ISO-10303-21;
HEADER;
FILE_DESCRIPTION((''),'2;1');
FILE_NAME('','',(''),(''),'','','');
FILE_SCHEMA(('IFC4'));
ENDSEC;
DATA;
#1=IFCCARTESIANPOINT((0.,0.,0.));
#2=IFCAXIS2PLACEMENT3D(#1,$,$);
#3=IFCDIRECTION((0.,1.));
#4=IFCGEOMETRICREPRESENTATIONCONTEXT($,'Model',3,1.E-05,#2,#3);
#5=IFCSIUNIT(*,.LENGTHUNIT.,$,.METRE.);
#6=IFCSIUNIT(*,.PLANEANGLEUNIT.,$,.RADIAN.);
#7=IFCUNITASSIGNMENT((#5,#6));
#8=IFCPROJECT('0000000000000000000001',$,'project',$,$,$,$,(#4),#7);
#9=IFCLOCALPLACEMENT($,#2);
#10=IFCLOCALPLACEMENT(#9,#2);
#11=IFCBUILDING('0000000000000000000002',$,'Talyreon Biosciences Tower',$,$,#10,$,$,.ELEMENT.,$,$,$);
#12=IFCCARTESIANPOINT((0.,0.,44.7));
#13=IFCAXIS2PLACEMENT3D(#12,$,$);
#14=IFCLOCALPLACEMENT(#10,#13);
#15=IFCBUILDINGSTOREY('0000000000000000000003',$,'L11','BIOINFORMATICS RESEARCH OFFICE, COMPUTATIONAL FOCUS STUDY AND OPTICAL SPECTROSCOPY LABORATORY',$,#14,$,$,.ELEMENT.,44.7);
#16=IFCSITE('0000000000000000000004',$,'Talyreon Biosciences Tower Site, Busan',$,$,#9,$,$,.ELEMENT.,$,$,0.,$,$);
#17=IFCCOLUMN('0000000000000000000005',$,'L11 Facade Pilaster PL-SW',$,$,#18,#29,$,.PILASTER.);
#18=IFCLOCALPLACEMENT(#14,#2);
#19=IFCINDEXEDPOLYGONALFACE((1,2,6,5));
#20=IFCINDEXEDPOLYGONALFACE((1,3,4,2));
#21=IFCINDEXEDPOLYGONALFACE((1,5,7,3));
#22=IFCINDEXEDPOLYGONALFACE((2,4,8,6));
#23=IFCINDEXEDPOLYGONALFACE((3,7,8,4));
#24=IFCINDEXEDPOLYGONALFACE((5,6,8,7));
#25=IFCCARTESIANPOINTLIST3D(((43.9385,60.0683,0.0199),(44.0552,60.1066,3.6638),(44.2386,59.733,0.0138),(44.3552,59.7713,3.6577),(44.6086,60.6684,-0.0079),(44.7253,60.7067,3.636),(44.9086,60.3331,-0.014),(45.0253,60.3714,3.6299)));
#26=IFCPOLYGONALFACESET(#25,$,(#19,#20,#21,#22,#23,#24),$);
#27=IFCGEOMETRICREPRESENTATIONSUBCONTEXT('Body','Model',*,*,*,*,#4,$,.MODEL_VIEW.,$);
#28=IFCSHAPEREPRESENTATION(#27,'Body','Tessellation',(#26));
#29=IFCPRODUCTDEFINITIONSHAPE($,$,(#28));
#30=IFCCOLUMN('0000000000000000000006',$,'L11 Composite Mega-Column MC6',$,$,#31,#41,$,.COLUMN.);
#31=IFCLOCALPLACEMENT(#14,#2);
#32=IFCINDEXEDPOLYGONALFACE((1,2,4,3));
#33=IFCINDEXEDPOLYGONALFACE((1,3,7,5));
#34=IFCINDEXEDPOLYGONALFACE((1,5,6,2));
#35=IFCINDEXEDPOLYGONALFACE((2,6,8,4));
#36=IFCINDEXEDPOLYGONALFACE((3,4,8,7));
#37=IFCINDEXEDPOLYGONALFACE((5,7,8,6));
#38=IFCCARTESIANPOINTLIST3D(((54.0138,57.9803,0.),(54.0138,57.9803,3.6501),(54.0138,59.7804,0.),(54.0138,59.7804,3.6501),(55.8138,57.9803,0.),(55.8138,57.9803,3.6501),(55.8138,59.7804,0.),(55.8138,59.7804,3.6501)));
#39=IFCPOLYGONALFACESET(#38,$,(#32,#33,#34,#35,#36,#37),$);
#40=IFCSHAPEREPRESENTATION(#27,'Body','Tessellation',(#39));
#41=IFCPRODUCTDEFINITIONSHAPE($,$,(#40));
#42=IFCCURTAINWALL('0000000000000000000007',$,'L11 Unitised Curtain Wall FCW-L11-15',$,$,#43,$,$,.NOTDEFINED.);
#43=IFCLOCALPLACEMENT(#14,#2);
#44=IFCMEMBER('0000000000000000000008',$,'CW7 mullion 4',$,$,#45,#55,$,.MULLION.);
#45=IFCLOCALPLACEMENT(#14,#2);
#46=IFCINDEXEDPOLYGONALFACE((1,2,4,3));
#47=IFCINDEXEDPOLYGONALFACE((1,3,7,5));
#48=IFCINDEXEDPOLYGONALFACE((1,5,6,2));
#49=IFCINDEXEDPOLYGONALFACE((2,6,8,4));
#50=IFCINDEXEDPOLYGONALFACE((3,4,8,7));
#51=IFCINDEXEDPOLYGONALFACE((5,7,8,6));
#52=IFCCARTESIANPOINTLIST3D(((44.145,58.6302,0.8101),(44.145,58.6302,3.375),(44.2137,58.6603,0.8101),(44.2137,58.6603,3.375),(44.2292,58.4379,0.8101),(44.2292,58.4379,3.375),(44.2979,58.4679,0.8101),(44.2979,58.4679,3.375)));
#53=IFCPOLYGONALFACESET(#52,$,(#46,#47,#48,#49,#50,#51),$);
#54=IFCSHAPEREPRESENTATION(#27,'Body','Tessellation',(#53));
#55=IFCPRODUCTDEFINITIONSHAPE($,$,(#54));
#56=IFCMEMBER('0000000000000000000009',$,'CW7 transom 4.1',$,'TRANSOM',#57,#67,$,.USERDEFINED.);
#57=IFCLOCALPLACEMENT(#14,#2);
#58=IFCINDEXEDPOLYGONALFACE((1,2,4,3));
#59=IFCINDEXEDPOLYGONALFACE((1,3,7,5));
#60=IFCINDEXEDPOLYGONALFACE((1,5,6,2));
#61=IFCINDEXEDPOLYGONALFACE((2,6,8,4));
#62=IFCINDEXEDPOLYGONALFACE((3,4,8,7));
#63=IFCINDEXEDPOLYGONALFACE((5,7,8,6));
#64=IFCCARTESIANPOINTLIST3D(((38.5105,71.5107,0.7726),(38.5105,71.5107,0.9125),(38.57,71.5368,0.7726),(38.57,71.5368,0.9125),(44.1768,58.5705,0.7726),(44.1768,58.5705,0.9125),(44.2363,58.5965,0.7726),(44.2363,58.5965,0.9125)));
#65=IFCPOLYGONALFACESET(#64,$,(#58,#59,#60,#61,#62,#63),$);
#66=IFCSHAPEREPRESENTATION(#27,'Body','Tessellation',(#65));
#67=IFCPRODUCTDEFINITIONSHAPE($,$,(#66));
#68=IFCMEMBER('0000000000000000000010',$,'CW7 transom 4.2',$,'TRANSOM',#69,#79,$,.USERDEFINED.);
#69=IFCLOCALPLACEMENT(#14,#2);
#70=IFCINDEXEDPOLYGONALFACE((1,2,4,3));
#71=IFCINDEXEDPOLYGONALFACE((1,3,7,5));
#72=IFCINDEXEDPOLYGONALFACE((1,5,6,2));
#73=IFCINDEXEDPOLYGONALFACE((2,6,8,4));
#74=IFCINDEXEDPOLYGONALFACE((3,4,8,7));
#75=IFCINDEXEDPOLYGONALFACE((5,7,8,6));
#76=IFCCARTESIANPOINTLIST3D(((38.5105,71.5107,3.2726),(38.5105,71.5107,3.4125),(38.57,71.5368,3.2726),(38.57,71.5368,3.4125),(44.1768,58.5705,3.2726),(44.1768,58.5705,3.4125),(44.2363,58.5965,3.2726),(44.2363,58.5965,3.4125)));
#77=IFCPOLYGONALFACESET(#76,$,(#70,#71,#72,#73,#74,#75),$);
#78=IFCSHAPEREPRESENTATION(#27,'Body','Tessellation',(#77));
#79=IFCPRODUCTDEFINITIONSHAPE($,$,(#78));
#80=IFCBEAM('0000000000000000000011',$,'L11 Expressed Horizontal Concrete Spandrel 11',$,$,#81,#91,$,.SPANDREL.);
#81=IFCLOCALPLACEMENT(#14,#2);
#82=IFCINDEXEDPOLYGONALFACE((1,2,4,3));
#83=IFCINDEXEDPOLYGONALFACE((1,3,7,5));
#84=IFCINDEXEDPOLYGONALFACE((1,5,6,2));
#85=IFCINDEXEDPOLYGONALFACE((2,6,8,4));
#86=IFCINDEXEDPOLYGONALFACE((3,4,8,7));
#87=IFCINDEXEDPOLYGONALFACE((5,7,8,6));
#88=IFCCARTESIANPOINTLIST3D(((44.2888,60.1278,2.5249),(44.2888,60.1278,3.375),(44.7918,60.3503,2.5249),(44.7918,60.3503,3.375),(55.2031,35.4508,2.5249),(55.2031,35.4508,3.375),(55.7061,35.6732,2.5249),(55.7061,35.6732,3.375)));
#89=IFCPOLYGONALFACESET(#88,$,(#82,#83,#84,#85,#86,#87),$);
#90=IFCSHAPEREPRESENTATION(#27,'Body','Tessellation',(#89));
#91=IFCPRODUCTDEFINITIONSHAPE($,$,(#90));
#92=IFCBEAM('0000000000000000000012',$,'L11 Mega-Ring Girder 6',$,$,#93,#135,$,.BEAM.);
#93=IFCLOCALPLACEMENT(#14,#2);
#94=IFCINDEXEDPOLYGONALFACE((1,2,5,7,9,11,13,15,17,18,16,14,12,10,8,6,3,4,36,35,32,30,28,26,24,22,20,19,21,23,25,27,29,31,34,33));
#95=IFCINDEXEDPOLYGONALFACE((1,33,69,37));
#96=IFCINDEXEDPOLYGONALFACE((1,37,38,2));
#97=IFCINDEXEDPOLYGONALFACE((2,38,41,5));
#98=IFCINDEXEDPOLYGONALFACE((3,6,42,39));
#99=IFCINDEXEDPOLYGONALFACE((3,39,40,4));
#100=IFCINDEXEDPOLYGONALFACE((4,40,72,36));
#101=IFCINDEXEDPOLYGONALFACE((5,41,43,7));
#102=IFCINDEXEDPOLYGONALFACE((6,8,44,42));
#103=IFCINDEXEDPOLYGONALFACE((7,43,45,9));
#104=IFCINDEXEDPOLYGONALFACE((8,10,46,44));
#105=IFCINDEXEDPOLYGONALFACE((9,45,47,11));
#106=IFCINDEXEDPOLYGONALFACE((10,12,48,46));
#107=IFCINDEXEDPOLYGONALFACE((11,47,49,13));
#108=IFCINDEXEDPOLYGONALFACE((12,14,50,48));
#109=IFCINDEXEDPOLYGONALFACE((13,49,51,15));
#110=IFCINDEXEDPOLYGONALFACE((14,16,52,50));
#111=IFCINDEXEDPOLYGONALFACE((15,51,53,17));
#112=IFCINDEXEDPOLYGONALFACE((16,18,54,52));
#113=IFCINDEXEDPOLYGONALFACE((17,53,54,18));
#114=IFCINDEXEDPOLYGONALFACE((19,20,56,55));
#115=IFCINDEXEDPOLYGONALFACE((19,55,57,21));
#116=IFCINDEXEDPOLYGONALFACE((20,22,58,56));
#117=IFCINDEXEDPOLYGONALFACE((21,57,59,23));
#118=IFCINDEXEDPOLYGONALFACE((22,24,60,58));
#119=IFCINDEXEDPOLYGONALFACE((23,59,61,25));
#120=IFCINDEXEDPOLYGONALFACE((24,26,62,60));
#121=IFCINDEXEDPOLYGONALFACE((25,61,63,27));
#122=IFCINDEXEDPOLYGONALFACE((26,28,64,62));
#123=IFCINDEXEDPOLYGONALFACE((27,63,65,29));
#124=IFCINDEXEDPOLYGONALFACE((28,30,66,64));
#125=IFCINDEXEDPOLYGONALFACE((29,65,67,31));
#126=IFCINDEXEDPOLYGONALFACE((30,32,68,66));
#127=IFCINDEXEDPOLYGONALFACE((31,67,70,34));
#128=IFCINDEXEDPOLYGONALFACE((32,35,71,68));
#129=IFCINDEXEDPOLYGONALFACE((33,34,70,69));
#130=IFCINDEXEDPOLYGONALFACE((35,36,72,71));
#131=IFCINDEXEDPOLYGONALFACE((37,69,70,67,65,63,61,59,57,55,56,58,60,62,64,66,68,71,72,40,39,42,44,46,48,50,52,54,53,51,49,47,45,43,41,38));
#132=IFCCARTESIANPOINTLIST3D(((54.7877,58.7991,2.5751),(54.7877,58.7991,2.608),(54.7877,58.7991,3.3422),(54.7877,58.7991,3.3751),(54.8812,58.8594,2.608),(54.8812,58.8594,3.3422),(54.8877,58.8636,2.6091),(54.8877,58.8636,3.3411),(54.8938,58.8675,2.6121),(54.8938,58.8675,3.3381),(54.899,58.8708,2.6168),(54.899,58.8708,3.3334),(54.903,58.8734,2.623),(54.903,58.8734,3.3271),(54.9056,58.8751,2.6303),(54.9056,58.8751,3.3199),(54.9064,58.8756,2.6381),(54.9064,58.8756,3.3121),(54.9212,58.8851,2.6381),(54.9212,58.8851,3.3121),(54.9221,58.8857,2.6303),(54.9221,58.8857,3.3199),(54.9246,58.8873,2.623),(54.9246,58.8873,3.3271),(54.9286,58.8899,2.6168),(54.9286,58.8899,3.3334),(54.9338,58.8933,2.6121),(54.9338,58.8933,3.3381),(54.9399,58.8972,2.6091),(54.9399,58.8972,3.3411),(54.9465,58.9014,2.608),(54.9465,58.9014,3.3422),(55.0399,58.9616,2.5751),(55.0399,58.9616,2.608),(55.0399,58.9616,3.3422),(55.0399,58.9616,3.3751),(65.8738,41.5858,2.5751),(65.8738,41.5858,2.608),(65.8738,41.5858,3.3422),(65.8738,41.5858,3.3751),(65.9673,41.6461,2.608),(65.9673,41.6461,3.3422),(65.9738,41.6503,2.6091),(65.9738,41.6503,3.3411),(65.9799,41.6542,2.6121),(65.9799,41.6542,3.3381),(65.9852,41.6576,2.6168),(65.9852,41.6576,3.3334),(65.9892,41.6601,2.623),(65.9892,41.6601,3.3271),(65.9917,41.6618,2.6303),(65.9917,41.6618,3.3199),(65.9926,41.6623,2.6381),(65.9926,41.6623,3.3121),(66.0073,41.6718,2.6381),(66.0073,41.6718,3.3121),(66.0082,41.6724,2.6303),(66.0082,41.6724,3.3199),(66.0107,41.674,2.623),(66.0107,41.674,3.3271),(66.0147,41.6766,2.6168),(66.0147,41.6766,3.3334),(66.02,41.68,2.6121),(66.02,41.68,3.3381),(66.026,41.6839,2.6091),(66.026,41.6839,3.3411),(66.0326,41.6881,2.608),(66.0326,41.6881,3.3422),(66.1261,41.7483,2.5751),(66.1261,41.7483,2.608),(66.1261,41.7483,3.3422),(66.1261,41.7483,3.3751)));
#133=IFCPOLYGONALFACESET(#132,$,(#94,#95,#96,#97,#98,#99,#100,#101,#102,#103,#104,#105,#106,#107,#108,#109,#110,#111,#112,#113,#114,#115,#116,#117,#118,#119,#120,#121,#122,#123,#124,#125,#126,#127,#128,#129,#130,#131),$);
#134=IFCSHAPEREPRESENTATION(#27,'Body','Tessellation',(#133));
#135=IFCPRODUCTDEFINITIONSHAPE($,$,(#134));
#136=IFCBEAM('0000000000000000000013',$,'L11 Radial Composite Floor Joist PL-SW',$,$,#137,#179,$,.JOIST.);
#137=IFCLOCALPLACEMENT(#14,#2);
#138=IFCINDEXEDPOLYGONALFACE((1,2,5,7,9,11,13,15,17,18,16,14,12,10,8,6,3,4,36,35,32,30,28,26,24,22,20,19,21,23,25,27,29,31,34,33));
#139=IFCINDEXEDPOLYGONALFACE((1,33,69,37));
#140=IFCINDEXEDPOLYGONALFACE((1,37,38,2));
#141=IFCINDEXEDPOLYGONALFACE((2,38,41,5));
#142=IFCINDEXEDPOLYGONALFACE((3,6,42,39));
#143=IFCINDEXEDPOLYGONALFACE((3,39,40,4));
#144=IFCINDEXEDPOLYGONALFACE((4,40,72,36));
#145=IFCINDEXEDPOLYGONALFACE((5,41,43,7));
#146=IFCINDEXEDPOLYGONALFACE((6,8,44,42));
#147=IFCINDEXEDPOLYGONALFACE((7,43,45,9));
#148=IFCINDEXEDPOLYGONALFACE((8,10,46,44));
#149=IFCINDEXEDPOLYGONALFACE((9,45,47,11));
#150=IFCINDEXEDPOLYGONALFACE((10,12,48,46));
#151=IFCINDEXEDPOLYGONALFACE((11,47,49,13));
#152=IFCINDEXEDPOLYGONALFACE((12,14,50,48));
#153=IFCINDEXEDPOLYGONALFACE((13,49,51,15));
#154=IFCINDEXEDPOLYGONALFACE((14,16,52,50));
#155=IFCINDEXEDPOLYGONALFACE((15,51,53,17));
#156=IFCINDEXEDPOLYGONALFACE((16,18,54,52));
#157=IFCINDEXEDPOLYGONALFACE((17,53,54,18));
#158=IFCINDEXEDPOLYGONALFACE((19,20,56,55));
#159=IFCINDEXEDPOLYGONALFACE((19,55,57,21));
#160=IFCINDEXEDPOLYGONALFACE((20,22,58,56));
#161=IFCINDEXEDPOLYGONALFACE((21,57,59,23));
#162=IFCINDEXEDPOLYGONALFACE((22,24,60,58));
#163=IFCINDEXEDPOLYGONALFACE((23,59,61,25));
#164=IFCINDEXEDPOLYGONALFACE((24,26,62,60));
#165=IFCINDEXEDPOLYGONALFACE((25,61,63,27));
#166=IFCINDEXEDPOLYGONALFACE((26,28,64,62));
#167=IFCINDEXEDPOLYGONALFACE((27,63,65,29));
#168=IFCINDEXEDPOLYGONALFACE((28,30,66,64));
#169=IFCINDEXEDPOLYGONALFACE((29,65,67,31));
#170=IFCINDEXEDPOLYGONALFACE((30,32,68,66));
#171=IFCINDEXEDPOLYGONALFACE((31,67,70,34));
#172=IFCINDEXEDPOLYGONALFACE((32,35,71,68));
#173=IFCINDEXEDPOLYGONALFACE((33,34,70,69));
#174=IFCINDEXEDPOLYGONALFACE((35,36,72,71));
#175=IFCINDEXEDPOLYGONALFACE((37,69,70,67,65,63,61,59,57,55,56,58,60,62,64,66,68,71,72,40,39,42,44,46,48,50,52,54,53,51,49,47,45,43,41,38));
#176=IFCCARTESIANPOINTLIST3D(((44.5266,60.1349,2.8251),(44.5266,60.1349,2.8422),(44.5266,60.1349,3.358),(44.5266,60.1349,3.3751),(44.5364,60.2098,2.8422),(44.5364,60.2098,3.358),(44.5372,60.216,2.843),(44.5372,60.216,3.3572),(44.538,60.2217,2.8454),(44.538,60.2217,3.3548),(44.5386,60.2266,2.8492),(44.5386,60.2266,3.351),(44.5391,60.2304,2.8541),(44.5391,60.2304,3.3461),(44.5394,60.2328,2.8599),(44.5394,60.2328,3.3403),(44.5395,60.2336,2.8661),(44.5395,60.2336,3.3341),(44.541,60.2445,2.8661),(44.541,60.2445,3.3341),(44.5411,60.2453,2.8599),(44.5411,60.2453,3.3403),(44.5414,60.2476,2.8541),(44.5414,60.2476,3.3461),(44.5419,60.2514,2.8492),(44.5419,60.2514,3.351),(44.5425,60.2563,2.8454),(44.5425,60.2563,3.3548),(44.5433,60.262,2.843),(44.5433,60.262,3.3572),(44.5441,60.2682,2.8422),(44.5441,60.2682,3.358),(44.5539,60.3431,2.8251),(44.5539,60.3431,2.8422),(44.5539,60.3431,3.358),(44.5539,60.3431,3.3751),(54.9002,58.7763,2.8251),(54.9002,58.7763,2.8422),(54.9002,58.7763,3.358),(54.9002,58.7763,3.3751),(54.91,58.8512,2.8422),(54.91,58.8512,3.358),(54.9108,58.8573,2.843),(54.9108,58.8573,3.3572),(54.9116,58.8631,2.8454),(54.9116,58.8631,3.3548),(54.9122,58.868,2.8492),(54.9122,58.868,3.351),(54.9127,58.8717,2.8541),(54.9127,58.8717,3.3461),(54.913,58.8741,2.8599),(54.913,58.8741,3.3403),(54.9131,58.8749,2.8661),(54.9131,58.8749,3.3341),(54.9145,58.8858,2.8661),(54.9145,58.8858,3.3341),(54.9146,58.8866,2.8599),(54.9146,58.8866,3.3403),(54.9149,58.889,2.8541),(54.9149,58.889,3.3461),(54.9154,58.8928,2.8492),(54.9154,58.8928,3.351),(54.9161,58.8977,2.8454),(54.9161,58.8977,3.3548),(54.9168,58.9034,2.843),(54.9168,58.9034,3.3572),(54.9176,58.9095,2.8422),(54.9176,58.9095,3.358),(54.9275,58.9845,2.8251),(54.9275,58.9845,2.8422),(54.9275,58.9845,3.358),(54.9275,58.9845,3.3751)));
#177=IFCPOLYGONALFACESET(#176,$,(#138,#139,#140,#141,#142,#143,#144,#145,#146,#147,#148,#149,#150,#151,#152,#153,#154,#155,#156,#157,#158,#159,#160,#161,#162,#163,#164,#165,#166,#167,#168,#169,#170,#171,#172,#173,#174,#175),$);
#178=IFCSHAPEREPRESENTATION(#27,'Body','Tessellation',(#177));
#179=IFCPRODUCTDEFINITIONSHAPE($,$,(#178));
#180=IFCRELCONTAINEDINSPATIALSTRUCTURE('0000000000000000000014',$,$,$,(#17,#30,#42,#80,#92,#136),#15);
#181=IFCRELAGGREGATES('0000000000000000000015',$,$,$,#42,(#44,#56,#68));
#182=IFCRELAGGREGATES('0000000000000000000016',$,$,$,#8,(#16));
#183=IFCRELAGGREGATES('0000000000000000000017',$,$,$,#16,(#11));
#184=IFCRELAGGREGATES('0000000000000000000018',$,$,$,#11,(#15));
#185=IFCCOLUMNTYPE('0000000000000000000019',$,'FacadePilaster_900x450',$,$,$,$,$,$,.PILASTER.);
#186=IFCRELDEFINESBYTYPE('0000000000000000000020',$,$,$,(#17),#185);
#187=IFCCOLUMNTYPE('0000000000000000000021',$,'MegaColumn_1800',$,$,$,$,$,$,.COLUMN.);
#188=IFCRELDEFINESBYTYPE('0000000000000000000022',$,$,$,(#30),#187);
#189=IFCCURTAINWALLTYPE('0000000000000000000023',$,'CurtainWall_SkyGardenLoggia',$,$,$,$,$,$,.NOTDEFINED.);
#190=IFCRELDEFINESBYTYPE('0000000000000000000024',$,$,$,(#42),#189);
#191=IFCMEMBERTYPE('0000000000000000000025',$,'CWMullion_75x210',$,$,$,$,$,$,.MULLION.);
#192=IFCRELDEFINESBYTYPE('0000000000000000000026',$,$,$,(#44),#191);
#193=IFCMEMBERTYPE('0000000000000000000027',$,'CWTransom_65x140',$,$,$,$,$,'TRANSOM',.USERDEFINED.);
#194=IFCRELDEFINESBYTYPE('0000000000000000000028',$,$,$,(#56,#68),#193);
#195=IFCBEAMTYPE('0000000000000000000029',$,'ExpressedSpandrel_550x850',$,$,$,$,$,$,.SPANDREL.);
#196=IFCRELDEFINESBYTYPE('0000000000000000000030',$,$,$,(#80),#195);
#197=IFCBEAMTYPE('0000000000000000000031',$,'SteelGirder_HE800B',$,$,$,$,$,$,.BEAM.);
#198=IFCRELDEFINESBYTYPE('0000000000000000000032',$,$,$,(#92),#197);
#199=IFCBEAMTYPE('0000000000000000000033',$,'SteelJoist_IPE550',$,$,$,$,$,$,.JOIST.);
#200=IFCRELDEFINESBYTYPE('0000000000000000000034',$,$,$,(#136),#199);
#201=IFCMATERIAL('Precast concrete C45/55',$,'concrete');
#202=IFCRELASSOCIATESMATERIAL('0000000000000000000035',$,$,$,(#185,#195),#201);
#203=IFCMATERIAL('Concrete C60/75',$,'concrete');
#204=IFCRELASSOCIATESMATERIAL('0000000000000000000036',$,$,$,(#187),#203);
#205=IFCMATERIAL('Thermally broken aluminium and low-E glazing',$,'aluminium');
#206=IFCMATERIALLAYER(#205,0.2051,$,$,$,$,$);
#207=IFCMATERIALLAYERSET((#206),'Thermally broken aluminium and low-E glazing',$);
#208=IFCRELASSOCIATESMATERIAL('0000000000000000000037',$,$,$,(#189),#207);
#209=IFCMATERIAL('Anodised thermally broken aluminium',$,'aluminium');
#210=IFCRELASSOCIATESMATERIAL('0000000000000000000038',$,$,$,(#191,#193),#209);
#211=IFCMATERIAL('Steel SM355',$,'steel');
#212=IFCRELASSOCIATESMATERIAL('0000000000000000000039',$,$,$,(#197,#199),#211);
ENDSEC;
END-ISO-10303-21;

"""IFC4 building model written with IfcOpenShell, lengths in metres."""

from ifc_helpers import new_model, si_unit, direction, frame, origin, origin_2d, place, context, subcontext, project, spatial, rectangle, i_section, extrude, material, layer, layer_set, material_profile, profile_set, type_object, element, aggregate, save


model = new_model("IFC4")

# Units and contexts
model_context = context("Model", 3, precision=1e-05, world=origin(), true_north=direction((0.0, 1.0)))
body_context = subcontext(model_context, "Body", "Model", "MODEL_VIEW")
ifc_project = project(units=[si_unit("LENGTHUNIT", "METRE"), si_unit("PLANEANGLEUNIT", "RADIAN")], contexts=[model_context])

# Site, building, storey
site_placement = place(None, origin())
site = spatial("IfcSite", under=ifc_project, at=site_placement, Name="Talyreon Biosciences Tower Site, Busan", CompositionType="ELEMENT", RefElevation=0.0)
building_placement = place(site_placement, origin())
building = spatial("IfcBuilding", under=site, at=building_placement, Name="Talyreon Biosciences Tower", CompositionType="ELEMENT")
storey_placement = place(building_placement, frame((0.0, 0.0, 44.7)))
storey = spatial("IfcBuildingStorey", under=building, at=storey_placement, Name="L11", Description="BIOINFORMATICS RESEARCH OFFICE, COMPUTATIONAL FOCUS STUDY AND OPTICAL SPECTROSCOPY LABORATORY", CompositionType="ELEMENT", Elevation=44.7)

# Columns
ifc_material_1 = material(Name="Precast concrete C45/55", Category="concrete")
ifc_material_profile_1 = material_profile(ifc_material_1, rectangle(XDim=0.8999, YDim=0.45, at=origin_2d()), Name="RC 900x450")
ifc_profile_set_1 = profile_set([ifc_material_profile_1], Name="Precast concrete C45/55")
column_type_1 = type_object("IfcColumnType", Name="FacadePilaster_900x450", PredefinedType="PILASTER", material=ifc_profile_set_1)
column_1_placement = place(storey_placement, frame((44.4236, 60.2007, 0.0029), z_axis=(0.032006, 0.010513, 0.999432), x_axis=(0.7446, 0.666798, -0.030859)))
element("IfcColumn", 1, at=column_1_placement, inside=storey, type_object=column_type_1, Name="L11 Facade Pilaster PL-SW", PredefinedType="PILASTER", context=body_context, shape_type="SweptSolid", body=[
    extrude(rectangle(XDim=0.8999, YDim=0.45, at=origin_2d()), origin(), (0.0, 0.0, 1.0), 3.646),
])
ifc_material_2 = material(Name="Concrete C60/75", Category="concrete")
ifc_material_profile_2 = material_profile(ifc_material_2, rectangle(XDim=1.8, YDim=1.8, at=origin_2d()), Name="RC 1800x1800")
ifc_profile_set_2 = profile_set([ifc_material_profile_2], Name="Concrete C60/75")
column_type_2 = type_object("IfcColumnType", Name="MegaColumn_1800", PredefinedType="COLUMN", material=ifc_profile_set_2)
column_2_placement = place(storey_placement, frame((54.9138, 58.8804, 0.0), z_axis=(0.0, 0.0, 1.0), x_axis=(1.0, 0.0, 0.0)))
element("IfcColumn", 2, at=column_2_placement, inside=storey, type_object=column_type_2, Name="L11 Composite Mega-Column MC6", PredefinedType="COLUMN", context=body_context, shape_type="SweptSolid", body=[
    extrude(rectangle(XDim=1.8, YDim=1.8, at=origin_2d()), origin(), (0.0, 0.0, 1.0), 3.6501),
])

# Curtain wall, members
ifc_material_3 = material(Name="Thermally broken aluminium and low-E glazing", Category="aluminium")
ifc_layer_1 = layer(ifc_material_3, 0.2051)
ifc_layer_set_1 = layer_set([ifc_layer_1], Name="Thermally broken aluminium and low-E glazing")
curtain_wall_type = type_object("IfcCurtainWallType", Name="CurtainWall_SkyGardenLoggia", PredefinedType="NOTDEFINED", material=ifc_layer_set_1)
curtain_wall_placement = place(storey_placement, origin())
curtain_wall = element("IfcCurtainWall", 3, at=curtain_wall_placement, inside=storey, type_object=curtain_wall_type, Name="L11 Unitised Curtain Wall FCW-L11-15", PredefinedType="NOTDEFINED")
ifc_material_4 = material(Name="Anodised thermally broken aluminium", Category="aluminium")
ifc_material_profile_3 = material_profile(ifc_material_4, rectangle(XDim=0.075, YDim=0.21, at=origin_2d()), Name="ALUM MULLION 75x210")
ifc_profile_set_3 = profile_set([ifc_material_profile_3], Name="Anodised thermally broken aluminium")
member_type_1 = type_object("IfcMemberType", Name="CWMullion_75x210", PredefinedType="MULLION", material=ifc_profile_set_3)
member_1_placement = place(storey_placement, frame((44.2214, 58.5491, 0.8101), z_axis=(0.0, 0.0, 1.0), x_axis=(-0.916035, -0.401097, 0.0)))
member_1 = element("IfcMember", 4, at=member_1_placement, type_object=member_type_1, Name="CW7 mullion 4", PredefinedType="MULLION", context=body_context, shape_type="SweptSolid", body=[
    extrude(rectangle(XDim=0.075, YDim=0.21, at=origin_2d()), origin(), (0.0, 0.0, 1.0), 2.5649),
])
ifc_material_profile_4 = material_profile(ifc_material_4, rectangle(XDim=0.0649, YDim=0.1399, at=origin_2d()), Name="ALUM TRANSOM 65x140")
ifc_profile_set_4 = profile_set([ifc_material_profile_4], Name="Anodised thermally broken aluminium")
member_type_2 = type_object("IfcMemberType", Name="CWTransom_65x140", ElementType="TRANSOM", PredefinedType="USERDEFINED", material=ifc_profile_set_4)
member_2_placement = place(storey_placement, frame((44.2065, 58.5835, 0.8425), z_axis=(-0.401112, 0.916029, 0.0), x_axis=(-0.916029, -0.401112, 0.0)))
member_2 = element("IfcMember", 5, at=member_2_placement, type_object=member_type_2, Name="CW7 transom 4.1", ObjectType="TRANSOM", PredefinedType="USERDEFINED", context=body_context, shape_type="SweptSolid", body=[
    extrude(rectangle(XDim=0.0649, YDim=0.1399, at=origin_2d()), origin(), (0.0, 0.0, 1.0), 14.1265),
])
member_3_placement = place(storey_placement, frame((44.2065, 58.5835, 3.3425), z_axis=(-0.401112, 0.916029, 0.0), x_axis=(-0.916029, -0.401112, 0.0)))
member_3 = element("IfcMember", 6, at=member_3_placement, type_object=member_type_2, Name="CW7 transom 4.2", ObjectType="TRANSOM", PredefinedType="USERDEFINED", context=body_context, shape_type="SweptSolid", body=[
    extrude(rectangle(XDim=0.0649, YDim=0.1399, at=origin_2d()), origin(), (0.0, 0.0, 1.0), 14.1265),
])

# Beams
ifc_material_profile_5 = material_profile(ifc_material_1, rectangle(XDim=0.55, YDim=0.8501, at=origin_2d()), Name="RCB 550x850")
ifc_profile_set_5 = profile_set([ifc_material_profile_5], Name="Precast concrete C45/55")
beam_type_1 = type_object("IfcBeamType", Name="ExpressedSpandrel_550x850", PredefinedType="SPANDREL", material=ifc_profile_set_5)
beam_1_placement = place(storey_placement, frame((44.5403, 60.239, 2.95), z_axis=(0.40449, -0.914542, 0.0), x_axis=(0.914542, 0.40449, 0.0)))
element("IfcBeam", 7, at=beam_1_placement, inside=storey, type_object=beam_type_1, Name="L11 Expressed Horizontal Concrete Spandrel 11", PredefinedType="SPANDREL", context=body_context, shape_type="SweptSolid", body=[
    extrude(rectangle(XDim=0.55, YDim=0.8501, at=origin_2d()), origin(), (0.0, 0.0, 1.0), 26.9829),
])
ifc_material_5 = material(Name="Steel SM355", Category="steel")
ifc_material_profile_6 = material_profile(ifc_material_5, i_section(OverallWidth=0.3, OverallDepth=0.8, WebThickness=0.0176, FlangeThickness=0.033, FilletRadius=0.03, at=origin_2d()), Name="HE800B")
ifc_profile_set_6 = profile_set([ifc_material_profile_6], Name="Steel SM355")
beam_type_2 = type_object("IfcBeamType", Name="SteelGirder_HE800B", PredefinedType="BEAM", material=ifc_profile_set_6)
beam_2_placement = place(storey_placement, frame((54.9138, 58.8804, 2.9751), z_axis=(0.541464, -0.840724, 0.0), x_axis=(0.840724, 0.541464, 0.0)))
element("IfcBeam", 8, at=beam_2_placement, inside=storey, type_object=beam_type_2, Name="L11 Mega-Ring Girder 6", PredefinedType="BEAM", context=body_context, shape_type="SweptSolid", body=[
    extrude(i_section(OverallWidth=0.3, OverallDepth=0.8, WebThickness=0.0176, FlangeThickness=0.033, FilletRadius=0.03, at=origin_2d()), origin(), (0.0, 0.0, 1.0), 20.4744),
])
ifc_material_profile_7 = material_profile(ifc_material_5, i_section(OverallWidth=0.21, OverallDepth=0.55, WebThickness=0.011, FlangeThickness=0.0171, FilletRadius=0.0239, at=origin_2d()), Name="IPE550")
ifc_profile_set_7 = profile_set([ifc_material_profile_7], Name="Steel SM355")
beam_type_3 = type_object("IfcBeamType", Name="SteelJoist_IPE550", PredefinedType="JOIST", material=ifc_profile_set_7)
beam_3_placement = place(storey_placement, frame((54.9138, 58.8804, 3.1001), z_axis=(-0.991532, 0.129863, 0.0), x_axis=(-0.129863, -0.991532, 0.0)))
element("IfcBeam", 9, at=beam_3_placement, inside=storey, type_object=beam_type_3, Name="L11 Radial Composite Floor Joist PL-SW", PredefinedType="JOIST", context=body_context, shape_type="SweptSolid", body=[
    extrude(i_section(OverallWidth=0.21, OverallDepth=0.55, WebThickness=0.011, FlangeThickness=0.0171, FilletRadius=0.0239, at=origin_2d()), origin(), (0.0, 0.0, 1.0), 10.4622),
])

aggregate(curtain_wall, [member_1, member_2, member_3])

save(model, "model.ifc")
